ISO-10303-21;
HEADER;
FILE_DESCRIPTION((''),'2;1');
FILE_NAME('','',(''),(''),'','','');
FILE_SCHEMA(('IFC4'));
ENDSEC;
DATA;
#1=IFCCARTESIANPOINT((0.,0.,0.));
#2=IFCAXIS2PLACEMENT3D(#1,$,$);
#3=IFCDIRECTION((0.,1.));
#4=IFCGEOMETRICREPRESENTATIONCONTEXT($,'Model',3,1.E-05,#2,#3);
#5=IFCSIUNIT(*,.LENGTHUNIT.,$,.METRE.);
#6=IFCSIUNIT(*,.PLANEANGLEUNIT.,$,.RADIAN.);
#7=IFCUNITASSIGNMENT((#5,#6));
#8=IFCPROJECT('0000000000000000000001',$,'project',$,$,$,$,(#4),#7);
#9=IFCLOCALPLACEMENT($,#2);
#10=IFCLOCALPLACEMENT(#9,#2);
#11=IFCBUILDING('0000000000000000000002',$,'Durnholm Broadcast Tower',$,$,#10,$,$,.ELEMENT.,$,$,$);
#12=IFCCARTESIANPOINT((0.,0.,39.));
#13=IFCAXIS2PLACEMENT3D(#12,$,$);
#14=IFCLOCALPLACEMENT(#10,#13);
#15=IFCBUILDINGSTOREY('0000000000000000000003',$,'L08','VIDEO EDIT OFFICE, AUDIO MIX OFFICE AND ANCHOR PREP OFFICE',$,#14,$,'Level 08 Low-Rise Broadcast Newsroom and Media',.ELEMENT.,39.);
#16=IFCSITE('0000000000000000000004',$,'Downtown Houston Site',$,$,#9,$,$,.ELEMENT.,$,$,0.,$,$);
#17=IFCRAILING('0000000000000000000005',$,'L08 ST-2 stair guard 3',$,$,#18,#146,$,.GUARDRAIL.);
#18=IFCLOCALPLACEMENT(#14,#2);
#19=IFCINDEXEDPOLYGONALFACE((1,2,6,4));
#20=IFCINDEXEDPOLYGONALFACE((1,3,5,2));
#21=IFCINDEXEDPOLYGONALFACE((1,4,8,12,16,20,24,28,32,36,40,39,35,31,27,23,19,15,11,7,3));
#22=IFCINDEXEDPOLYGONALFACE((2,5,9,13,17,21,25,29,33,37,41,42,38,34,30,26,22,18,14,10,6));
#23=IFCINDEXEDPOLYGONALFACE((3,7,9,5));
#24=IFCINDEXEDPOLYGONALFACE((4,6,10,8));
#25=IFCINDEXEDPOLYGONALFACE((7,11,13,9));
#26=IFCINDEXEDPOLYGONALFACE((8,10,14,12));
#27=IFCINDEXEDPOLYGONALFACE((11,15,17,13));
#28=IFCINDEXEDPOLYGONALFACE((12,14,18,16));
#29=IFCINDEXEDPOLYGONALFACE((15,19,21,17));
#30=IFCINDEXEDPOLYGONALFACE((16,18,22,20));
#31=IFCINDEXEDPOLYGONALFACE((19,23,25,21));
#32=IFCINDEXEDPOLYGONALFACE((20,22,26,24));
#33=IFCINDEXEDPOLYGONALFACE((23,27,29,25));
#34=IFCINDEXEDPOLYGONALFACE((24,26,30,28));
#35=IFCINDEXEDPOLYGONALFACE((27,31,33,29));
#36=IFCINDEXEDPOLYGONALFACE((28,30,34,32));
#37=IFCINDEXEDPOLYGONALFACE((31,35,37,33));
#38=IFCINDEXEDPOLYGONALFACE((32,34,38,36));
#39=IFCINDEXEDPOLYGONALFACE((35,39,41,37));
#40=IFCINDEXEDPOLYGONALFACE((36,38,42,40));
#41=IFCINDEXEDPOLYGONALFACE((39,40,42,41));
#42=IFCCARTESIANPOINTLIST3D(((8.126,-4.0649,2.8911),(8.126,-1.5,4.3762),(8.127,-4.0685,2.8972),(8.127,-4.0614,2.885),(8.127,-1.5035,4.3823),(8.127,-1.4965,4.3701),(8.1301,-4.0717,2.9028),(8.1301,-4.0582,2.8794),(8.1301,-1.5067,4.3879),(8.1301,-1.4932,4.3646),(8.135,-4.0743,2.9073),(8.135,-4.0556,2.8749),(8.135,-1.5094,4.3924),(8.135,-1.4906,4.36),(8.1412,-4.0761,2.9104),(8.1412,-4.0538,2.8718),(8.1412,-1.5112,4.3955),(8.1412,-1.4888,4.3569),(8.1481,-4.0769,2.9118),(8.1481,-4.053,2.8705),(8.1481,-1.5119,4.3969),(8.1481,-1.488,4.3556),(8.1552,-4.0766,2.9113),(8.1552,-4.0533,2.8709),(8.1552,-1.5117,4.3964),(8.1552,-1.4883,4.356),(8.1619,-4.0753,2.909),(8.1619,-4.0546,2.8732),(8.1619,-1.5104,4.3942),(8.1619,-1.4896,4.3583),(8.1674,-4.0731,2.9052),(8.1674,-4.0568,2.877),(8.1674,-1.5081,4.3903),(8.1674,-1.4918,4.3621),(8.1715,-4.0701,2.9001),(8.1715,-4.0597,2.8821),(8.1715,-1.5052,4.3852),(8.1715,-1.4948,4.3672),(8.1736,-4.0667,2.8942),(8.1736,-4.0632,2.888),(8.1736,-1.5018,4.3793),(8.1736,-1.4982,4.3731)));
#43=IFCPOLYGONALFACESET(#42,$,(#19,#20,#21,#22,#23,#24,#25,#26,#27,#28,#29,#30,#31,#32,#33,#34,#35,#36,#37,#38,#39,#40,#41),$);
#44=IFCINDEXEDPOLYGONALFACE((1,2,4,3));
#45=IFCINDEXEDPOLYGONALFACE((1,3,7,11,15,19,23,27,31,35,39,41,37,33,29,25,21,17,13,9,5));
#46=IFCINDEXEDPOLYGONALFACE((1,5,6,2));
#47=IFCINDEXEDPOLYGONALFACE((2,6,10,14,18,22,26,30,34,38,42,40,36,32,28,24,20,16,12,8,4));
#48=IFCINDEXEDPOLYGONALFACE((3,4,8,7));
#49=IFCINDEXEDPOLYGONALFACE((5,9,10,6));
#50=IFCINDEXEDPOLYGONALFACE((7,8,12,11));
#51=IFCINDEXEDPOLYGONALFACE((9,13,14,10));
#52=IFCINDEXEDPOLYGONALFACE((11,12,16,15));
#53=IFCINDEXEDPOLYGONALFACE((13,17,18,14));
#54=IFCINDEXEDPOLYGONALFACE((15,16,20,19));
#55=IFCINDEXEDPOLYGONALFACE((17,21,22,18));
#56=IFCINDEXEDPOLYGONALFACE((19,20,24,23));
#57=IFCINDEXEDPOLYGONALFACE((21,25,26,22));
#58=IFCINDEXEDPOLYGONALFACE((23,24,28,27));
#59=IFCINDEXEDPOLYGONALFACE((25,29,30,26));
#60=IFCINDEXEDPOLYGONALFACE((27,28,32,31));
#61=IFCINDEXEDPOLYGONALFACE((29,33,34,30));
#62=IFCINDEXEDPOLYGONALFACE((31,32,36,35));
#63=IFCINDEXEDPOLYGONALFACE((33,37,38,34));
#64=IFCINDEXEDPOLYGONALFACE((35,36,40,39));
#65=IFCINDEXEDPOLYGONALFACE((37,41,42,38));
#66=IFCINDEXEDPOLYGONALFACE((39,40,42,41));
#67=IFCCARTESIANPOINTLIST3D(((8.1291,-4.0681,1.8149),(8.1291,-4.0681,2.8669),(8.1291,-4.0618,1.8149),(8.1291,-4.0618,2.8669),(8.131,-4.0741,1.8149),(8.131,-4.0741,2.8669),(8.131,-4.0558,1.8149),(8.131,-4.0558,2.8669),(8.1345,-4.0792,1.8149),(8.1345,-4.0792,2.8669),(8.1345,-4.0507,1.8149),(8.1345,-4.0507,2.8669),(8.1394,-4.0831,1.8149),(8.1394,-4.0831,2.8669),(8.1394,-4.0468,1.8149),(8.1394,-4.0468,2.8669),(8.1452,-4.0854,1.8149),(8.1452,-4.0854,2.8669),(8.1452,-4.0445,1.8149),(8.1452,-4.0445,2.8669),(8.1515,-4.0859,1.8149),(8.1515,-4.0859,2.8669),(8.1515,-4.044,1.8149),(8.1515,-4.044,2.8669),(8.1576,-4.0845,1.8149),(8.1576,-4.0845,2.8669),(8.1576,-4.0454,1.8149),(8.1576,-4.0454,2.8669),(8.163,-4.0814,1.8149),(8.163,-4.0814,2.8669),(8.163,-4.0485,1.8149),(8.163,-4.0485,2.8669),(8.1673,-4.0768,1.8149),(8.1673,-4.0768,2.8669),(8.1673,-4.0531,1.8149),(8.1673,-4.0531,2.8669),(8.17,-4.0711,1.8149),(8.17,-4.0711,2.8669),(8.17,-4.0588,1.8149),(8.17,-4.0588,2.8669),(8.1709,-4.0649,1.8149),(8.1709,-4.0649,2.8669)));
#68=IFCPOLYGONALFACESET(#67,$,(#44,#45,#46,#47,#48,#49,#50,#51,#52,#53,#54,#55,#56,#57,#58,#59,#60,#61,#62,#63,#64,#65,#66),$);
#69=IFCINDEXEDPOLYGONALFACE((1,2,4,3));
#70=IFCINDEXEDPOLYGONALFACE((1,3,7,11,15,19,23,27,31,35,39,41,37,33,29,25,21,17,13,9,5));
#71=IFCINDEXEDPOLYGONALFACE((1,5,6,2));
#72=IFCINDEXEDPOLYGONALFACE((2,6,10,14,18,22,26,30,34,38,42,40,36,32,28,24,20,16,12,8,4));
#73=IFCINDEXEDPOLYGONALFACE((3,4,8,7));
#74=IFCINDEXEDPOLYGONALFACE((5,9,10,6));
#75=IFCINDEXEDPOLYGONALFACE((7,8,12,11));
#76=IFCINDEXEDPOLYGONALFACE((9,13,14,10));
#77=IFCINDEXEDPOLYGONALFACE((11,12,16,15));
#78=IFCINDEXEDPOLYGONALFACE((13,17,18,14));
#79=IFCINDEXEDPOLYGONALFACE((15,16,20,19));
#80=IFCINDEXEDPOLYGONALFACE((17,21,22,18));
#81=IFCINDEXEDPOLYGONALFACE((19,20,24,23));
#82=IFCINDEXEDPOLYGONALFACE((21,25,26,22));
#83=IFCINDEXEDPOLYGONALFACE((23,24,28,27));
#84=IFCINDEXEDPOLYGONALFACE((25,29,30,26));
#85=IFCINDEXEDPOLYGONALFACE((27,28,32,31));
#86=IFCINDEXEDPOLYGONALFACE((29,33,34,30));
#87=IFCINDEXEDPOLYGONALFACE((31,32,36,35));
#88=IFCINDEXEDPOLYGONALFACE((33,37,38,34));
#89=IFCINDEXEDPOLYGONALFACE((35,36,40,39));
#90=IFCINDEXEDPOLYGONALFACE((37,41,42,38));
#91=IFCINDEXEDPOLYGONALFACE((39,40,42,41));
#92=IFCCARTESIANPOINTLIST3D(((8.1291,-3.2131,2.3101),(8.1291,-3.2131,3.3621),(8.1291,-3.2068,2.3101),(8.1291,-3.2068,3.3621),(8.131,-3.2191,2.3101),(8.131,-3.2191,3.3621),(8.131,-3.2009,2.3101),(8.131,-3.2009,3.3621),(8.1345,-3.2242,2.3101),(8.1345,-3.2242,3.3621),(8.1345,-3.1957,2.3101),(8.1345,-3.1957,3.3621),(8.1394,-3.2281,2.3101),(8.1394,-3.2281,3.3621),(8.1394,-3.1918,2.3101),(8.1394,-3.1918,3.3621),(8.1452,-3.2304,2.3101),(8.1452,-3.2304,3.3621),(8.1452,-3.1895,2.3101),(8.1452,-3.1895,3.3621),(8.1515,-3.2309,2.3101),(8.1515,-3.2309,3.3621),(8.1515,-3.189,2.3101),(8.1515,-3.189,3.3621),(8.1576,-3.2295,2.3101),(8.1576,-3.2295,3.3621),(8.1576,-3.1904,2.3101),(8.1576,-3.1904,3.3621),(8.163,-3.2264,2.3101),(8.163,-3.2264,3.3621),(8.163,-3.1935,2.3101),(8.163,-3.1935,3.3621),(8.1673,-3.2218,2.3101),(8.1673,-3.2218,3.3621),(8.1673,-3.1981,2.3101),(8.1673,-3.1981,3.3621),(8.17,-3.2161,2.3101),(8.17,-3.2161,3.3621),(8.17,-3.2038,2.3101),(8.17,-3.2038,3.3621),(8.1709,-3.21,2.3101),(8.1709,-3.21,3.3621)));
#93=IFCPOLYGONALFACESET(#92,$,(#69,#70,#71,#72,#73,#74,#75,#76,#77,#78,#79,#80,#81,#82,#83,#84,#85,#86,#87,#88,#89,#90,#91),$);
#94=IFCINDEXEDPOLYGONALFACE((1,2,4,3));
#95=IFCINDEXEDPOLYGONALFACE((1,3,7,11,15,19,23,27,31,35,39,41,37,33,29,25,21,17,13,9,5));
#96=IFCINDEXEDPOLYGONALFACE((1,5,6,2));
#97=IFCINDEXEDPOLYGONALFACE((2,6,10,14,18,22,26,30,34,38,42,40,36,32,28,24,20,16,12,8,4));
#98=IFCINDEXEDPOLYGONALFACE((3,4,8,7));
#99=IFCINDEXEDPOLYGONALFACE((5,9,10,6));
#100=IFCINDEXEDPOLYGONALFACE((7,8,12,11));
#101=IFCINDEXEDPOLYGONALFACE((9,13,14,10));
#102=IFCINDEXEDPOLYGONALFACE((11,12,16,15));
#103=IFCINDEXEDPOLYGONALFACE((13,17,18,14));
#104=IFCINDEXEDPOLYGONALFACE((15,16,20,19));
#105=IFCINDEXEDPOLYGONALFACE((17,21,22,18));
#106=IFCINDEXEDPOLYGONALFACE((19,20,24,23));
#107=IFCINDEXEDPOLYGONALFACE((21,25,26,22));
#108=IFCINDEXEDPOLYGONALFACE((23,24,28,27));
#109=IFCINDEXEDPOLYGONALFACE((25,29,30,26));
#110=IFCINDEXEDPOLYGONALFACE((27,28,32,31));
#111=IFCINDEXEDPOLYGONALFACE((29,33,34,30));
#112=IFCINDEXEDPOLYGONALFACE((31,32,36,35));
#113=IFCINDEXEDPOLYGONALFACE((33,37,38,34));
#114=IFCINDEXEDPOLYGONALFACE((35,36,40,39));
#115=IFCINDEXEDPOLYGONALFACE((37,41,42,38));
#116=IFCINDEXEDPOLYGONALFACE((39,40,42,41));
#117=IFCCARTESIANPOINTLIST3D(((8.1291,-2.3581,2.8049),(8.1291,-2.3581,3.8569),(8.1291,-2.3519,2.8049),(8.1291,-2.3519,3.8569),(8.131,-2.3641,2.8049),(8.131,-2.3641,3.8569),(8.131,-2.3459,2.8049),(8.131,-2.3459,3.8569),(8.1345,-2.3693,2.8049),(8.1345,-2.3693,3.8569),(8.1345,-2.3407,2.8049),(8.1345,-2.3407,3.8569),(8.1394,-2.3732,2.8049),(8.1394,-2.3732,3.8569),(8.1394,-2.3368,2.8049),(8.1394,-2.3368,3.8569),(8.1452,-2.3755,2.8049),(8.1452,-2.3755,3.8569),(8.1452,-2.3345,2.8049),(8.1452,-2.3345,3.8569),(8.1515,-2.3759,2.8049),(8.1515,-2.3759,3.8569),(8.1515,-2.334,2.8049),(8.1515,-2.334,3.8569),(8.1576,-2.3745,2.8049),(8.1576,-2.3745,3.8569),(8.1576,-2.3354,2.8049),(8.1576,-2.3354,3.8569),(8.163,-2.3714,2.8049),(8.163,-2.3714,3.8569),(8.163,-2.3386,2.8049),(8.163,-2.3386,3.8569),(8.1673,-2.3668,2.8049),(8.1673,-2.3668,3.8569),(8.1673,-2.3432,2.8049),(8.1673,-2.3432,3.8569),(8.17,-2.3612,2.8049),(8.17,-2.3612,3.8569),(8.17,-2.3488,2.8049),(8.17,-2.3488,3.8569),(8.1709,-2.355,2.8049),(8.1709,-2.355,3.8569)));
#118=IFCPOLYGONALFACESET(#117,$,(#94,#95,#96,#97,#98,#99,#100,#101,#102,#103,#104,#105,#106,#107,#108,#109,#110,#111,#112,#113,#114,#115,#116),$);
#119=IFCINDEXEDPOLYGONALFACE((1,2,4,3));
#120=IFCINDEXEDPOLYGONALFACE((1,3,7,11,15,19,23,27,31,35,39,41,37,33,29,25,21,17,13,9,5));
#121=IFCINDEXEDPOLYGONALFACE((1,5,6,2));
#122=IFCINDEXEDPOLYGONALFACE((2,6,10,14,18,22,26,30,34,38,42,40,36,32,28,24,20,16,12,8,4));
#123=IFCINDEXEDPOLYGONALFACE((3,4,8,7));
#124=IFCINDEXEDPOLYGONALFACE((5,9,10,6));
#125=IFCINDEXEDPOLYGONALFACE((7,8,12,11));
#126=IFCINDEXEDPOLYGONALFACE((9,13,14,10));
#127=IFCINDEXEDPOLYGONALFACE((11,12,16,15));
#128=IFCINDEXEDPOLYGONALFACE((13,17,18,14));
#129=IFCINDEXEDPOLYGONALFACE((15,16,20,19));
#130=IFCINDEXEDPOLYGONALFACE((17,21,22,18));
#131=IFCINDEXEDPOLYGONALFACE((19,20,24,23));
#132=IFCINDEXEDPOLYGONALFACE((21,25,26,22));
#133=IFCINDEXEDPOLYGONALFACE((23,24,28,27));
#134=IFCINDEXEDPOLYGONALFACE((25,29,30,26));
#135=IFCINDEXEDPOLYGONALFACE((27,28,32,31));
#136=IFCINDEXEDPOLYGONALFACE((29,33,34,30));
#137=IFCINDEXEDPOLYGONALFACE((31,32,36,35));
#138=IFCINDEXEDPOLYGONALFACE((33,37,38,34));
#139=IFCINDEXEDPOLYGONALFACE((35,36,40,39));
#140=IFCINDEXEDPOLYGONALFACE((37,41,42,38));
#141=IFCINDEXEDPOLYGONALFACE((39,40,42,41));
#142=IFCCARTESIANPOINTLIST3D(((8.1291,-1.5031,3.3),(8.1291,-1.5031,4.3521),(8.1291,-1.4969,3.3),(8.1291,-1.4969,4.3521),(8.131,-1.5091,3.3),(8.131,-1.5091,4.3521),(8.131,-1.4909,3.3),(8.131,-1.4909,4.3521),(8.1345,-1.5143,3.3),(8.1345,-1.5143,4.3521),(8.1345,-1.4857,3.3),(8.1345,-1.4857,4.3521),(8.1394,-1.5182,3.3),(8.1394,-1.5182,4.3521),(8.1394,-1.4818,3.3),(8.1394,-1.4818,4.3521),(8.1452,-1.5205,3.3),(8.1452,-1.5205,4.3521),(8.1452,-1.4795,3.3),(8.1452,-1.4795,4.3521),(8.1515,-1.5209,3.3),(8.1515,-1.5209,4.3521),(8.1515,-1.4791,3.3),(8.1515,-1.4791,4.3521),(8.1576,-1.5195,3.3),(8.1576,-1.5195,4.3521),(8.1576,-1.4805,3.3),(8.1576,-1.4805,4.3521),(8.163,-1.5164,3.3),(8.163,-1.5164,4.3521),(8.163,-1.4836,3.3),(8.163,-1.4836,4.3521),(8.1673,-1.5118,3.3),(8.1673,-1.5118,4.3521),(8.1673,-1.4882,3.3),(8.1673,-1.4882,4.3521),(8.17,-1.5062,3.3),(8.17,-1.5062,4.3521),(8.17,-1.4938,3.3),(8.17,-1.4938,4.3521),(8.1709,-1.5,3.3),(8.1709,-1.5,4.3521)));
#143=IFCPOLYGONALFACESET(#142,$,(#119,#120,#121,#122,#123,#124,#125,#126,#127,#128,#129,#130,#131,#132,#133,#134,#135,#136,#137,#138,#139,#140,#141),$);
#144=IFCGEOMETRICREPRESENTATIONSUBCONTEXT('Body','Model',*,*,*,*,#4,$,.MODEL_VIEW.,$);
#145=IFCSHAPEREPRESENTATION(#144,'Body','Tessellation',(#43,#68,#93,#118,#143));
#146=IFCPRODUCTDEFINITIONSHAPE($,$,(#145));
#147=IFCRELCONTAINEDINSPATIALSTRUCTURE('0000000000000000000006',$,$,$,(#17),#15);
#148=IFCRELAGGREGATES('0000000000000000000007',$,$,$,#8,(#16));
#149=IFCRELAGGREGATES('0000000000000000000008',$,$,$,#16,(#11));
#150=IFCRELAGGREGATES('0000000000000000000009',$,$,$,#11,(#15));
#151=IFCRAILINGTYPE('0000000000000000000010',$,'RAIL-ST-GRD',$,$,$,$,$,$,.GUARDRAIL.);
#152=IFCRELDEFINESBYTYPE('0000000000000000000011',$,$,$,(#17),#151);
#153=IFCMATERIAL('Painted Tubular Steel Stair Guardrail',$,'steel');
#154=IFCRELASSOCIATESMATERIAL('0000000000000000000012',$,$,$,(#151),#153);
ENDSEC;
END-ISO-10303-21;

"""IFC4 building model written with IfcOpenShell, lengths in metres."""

from ifc_helpers import new_model, si_unit, direction, frame, origin, origin_2d, place, context, subcontext, project, spatial, circle, extrude, material, type_object, element, save


model = new_model("IFC4")

# Units and contexts
model_context = context("Model", 3, precision=1e-05, world=origin(), true_north=direction((0.0, 1.0)))
body_context = subcontext(model_context, "Body", "Model", "MODEL_VIEW")
ifc_project = project(units=[si_unit("LENGTHUNIT", "METRE"), si_unit("PLANEANGLEUNIT", "RADIAN")], contexts=[model_context])

# Site, building, storey
site_placement = place(None, origin())
site = spatial("IfcSite", under=ifc_project, at=site_placement, Name="Downtown Houston Site", CompositionType="ELEMENT", RefElevation=0.0)
building_placement = place(site_placement, origin())
building = spatial("IfcBuilding", under=site, at=building_placement, Name="Durnholm Broadcast Tower", CompositionType="ELEMENT")
storey_placement = place(building_placement, frame((0.0, 0.0, 39.0)))
storey = spatial("IfcBuildingStorey", under=building, at=storey_placement, Name="L08", Description="VIDEO EDIT OFFICE, AUDIO MIX OFFICE AND ANCHOR PREP OFFICE", LongName="Level 08 Low-Rise Broadcast Newsroom and Media", CompositionType="ELEMENT", Elevation=39.0)

# Railing
ifc_material_1 = material(Name="Painted Tubular Steel Stair Guardrail", Category="steel")
railing_type_1 = type_object("IfcRailingType", Name="RAIL-ST-GRD", PredefinedType="GUARDRAIL", material=ifc_material_1)
railing_1_placement = place(storey_placement, frame((8.1499, -4.0649, 1.8149)))
element("IfcRailing", 1, at=railing_1_placement, inside=storey, type_object=railing_type_1, Name="L08 ST-2 stair guard 3", PredefinedType="GUARDRAIL", context=body_context, shape_type="SweptSolid", body=[
    extrude(circle(Radius=0.0239, at=origin_2d()), frame((0.0, 0.0, 1.0762), z_axis=(0.0, 0.865406, 0.501072), x_axis=(-1.0, 0.0, 0.0)), (0.0, 0.0, 1.0), 2.9639),
    extrude(circle(Radius=0.021, at=origin_2d()), origin(), (0.0, 0.0, 1.0), 1.052),
    extrude(circle(Radius=0.021, at=origin_2d()), frame((0.0, 0.855, 0.4951)), (0.0, 0.0, 1.0), 1.052),
    extrude(circle(Radius=0.021, at=origin_2d()), frame((0.0, 1.71, 0.99)), (0.0, 0.0, 1.0), 1.052),
    extrude(circle(Radius=0.021, at=origin_2d()), frame((0.0, 2.5649, 1.4851)), (0.0, 0.0, 1.0), 1.052),
])

save(model, "model.ifc")
